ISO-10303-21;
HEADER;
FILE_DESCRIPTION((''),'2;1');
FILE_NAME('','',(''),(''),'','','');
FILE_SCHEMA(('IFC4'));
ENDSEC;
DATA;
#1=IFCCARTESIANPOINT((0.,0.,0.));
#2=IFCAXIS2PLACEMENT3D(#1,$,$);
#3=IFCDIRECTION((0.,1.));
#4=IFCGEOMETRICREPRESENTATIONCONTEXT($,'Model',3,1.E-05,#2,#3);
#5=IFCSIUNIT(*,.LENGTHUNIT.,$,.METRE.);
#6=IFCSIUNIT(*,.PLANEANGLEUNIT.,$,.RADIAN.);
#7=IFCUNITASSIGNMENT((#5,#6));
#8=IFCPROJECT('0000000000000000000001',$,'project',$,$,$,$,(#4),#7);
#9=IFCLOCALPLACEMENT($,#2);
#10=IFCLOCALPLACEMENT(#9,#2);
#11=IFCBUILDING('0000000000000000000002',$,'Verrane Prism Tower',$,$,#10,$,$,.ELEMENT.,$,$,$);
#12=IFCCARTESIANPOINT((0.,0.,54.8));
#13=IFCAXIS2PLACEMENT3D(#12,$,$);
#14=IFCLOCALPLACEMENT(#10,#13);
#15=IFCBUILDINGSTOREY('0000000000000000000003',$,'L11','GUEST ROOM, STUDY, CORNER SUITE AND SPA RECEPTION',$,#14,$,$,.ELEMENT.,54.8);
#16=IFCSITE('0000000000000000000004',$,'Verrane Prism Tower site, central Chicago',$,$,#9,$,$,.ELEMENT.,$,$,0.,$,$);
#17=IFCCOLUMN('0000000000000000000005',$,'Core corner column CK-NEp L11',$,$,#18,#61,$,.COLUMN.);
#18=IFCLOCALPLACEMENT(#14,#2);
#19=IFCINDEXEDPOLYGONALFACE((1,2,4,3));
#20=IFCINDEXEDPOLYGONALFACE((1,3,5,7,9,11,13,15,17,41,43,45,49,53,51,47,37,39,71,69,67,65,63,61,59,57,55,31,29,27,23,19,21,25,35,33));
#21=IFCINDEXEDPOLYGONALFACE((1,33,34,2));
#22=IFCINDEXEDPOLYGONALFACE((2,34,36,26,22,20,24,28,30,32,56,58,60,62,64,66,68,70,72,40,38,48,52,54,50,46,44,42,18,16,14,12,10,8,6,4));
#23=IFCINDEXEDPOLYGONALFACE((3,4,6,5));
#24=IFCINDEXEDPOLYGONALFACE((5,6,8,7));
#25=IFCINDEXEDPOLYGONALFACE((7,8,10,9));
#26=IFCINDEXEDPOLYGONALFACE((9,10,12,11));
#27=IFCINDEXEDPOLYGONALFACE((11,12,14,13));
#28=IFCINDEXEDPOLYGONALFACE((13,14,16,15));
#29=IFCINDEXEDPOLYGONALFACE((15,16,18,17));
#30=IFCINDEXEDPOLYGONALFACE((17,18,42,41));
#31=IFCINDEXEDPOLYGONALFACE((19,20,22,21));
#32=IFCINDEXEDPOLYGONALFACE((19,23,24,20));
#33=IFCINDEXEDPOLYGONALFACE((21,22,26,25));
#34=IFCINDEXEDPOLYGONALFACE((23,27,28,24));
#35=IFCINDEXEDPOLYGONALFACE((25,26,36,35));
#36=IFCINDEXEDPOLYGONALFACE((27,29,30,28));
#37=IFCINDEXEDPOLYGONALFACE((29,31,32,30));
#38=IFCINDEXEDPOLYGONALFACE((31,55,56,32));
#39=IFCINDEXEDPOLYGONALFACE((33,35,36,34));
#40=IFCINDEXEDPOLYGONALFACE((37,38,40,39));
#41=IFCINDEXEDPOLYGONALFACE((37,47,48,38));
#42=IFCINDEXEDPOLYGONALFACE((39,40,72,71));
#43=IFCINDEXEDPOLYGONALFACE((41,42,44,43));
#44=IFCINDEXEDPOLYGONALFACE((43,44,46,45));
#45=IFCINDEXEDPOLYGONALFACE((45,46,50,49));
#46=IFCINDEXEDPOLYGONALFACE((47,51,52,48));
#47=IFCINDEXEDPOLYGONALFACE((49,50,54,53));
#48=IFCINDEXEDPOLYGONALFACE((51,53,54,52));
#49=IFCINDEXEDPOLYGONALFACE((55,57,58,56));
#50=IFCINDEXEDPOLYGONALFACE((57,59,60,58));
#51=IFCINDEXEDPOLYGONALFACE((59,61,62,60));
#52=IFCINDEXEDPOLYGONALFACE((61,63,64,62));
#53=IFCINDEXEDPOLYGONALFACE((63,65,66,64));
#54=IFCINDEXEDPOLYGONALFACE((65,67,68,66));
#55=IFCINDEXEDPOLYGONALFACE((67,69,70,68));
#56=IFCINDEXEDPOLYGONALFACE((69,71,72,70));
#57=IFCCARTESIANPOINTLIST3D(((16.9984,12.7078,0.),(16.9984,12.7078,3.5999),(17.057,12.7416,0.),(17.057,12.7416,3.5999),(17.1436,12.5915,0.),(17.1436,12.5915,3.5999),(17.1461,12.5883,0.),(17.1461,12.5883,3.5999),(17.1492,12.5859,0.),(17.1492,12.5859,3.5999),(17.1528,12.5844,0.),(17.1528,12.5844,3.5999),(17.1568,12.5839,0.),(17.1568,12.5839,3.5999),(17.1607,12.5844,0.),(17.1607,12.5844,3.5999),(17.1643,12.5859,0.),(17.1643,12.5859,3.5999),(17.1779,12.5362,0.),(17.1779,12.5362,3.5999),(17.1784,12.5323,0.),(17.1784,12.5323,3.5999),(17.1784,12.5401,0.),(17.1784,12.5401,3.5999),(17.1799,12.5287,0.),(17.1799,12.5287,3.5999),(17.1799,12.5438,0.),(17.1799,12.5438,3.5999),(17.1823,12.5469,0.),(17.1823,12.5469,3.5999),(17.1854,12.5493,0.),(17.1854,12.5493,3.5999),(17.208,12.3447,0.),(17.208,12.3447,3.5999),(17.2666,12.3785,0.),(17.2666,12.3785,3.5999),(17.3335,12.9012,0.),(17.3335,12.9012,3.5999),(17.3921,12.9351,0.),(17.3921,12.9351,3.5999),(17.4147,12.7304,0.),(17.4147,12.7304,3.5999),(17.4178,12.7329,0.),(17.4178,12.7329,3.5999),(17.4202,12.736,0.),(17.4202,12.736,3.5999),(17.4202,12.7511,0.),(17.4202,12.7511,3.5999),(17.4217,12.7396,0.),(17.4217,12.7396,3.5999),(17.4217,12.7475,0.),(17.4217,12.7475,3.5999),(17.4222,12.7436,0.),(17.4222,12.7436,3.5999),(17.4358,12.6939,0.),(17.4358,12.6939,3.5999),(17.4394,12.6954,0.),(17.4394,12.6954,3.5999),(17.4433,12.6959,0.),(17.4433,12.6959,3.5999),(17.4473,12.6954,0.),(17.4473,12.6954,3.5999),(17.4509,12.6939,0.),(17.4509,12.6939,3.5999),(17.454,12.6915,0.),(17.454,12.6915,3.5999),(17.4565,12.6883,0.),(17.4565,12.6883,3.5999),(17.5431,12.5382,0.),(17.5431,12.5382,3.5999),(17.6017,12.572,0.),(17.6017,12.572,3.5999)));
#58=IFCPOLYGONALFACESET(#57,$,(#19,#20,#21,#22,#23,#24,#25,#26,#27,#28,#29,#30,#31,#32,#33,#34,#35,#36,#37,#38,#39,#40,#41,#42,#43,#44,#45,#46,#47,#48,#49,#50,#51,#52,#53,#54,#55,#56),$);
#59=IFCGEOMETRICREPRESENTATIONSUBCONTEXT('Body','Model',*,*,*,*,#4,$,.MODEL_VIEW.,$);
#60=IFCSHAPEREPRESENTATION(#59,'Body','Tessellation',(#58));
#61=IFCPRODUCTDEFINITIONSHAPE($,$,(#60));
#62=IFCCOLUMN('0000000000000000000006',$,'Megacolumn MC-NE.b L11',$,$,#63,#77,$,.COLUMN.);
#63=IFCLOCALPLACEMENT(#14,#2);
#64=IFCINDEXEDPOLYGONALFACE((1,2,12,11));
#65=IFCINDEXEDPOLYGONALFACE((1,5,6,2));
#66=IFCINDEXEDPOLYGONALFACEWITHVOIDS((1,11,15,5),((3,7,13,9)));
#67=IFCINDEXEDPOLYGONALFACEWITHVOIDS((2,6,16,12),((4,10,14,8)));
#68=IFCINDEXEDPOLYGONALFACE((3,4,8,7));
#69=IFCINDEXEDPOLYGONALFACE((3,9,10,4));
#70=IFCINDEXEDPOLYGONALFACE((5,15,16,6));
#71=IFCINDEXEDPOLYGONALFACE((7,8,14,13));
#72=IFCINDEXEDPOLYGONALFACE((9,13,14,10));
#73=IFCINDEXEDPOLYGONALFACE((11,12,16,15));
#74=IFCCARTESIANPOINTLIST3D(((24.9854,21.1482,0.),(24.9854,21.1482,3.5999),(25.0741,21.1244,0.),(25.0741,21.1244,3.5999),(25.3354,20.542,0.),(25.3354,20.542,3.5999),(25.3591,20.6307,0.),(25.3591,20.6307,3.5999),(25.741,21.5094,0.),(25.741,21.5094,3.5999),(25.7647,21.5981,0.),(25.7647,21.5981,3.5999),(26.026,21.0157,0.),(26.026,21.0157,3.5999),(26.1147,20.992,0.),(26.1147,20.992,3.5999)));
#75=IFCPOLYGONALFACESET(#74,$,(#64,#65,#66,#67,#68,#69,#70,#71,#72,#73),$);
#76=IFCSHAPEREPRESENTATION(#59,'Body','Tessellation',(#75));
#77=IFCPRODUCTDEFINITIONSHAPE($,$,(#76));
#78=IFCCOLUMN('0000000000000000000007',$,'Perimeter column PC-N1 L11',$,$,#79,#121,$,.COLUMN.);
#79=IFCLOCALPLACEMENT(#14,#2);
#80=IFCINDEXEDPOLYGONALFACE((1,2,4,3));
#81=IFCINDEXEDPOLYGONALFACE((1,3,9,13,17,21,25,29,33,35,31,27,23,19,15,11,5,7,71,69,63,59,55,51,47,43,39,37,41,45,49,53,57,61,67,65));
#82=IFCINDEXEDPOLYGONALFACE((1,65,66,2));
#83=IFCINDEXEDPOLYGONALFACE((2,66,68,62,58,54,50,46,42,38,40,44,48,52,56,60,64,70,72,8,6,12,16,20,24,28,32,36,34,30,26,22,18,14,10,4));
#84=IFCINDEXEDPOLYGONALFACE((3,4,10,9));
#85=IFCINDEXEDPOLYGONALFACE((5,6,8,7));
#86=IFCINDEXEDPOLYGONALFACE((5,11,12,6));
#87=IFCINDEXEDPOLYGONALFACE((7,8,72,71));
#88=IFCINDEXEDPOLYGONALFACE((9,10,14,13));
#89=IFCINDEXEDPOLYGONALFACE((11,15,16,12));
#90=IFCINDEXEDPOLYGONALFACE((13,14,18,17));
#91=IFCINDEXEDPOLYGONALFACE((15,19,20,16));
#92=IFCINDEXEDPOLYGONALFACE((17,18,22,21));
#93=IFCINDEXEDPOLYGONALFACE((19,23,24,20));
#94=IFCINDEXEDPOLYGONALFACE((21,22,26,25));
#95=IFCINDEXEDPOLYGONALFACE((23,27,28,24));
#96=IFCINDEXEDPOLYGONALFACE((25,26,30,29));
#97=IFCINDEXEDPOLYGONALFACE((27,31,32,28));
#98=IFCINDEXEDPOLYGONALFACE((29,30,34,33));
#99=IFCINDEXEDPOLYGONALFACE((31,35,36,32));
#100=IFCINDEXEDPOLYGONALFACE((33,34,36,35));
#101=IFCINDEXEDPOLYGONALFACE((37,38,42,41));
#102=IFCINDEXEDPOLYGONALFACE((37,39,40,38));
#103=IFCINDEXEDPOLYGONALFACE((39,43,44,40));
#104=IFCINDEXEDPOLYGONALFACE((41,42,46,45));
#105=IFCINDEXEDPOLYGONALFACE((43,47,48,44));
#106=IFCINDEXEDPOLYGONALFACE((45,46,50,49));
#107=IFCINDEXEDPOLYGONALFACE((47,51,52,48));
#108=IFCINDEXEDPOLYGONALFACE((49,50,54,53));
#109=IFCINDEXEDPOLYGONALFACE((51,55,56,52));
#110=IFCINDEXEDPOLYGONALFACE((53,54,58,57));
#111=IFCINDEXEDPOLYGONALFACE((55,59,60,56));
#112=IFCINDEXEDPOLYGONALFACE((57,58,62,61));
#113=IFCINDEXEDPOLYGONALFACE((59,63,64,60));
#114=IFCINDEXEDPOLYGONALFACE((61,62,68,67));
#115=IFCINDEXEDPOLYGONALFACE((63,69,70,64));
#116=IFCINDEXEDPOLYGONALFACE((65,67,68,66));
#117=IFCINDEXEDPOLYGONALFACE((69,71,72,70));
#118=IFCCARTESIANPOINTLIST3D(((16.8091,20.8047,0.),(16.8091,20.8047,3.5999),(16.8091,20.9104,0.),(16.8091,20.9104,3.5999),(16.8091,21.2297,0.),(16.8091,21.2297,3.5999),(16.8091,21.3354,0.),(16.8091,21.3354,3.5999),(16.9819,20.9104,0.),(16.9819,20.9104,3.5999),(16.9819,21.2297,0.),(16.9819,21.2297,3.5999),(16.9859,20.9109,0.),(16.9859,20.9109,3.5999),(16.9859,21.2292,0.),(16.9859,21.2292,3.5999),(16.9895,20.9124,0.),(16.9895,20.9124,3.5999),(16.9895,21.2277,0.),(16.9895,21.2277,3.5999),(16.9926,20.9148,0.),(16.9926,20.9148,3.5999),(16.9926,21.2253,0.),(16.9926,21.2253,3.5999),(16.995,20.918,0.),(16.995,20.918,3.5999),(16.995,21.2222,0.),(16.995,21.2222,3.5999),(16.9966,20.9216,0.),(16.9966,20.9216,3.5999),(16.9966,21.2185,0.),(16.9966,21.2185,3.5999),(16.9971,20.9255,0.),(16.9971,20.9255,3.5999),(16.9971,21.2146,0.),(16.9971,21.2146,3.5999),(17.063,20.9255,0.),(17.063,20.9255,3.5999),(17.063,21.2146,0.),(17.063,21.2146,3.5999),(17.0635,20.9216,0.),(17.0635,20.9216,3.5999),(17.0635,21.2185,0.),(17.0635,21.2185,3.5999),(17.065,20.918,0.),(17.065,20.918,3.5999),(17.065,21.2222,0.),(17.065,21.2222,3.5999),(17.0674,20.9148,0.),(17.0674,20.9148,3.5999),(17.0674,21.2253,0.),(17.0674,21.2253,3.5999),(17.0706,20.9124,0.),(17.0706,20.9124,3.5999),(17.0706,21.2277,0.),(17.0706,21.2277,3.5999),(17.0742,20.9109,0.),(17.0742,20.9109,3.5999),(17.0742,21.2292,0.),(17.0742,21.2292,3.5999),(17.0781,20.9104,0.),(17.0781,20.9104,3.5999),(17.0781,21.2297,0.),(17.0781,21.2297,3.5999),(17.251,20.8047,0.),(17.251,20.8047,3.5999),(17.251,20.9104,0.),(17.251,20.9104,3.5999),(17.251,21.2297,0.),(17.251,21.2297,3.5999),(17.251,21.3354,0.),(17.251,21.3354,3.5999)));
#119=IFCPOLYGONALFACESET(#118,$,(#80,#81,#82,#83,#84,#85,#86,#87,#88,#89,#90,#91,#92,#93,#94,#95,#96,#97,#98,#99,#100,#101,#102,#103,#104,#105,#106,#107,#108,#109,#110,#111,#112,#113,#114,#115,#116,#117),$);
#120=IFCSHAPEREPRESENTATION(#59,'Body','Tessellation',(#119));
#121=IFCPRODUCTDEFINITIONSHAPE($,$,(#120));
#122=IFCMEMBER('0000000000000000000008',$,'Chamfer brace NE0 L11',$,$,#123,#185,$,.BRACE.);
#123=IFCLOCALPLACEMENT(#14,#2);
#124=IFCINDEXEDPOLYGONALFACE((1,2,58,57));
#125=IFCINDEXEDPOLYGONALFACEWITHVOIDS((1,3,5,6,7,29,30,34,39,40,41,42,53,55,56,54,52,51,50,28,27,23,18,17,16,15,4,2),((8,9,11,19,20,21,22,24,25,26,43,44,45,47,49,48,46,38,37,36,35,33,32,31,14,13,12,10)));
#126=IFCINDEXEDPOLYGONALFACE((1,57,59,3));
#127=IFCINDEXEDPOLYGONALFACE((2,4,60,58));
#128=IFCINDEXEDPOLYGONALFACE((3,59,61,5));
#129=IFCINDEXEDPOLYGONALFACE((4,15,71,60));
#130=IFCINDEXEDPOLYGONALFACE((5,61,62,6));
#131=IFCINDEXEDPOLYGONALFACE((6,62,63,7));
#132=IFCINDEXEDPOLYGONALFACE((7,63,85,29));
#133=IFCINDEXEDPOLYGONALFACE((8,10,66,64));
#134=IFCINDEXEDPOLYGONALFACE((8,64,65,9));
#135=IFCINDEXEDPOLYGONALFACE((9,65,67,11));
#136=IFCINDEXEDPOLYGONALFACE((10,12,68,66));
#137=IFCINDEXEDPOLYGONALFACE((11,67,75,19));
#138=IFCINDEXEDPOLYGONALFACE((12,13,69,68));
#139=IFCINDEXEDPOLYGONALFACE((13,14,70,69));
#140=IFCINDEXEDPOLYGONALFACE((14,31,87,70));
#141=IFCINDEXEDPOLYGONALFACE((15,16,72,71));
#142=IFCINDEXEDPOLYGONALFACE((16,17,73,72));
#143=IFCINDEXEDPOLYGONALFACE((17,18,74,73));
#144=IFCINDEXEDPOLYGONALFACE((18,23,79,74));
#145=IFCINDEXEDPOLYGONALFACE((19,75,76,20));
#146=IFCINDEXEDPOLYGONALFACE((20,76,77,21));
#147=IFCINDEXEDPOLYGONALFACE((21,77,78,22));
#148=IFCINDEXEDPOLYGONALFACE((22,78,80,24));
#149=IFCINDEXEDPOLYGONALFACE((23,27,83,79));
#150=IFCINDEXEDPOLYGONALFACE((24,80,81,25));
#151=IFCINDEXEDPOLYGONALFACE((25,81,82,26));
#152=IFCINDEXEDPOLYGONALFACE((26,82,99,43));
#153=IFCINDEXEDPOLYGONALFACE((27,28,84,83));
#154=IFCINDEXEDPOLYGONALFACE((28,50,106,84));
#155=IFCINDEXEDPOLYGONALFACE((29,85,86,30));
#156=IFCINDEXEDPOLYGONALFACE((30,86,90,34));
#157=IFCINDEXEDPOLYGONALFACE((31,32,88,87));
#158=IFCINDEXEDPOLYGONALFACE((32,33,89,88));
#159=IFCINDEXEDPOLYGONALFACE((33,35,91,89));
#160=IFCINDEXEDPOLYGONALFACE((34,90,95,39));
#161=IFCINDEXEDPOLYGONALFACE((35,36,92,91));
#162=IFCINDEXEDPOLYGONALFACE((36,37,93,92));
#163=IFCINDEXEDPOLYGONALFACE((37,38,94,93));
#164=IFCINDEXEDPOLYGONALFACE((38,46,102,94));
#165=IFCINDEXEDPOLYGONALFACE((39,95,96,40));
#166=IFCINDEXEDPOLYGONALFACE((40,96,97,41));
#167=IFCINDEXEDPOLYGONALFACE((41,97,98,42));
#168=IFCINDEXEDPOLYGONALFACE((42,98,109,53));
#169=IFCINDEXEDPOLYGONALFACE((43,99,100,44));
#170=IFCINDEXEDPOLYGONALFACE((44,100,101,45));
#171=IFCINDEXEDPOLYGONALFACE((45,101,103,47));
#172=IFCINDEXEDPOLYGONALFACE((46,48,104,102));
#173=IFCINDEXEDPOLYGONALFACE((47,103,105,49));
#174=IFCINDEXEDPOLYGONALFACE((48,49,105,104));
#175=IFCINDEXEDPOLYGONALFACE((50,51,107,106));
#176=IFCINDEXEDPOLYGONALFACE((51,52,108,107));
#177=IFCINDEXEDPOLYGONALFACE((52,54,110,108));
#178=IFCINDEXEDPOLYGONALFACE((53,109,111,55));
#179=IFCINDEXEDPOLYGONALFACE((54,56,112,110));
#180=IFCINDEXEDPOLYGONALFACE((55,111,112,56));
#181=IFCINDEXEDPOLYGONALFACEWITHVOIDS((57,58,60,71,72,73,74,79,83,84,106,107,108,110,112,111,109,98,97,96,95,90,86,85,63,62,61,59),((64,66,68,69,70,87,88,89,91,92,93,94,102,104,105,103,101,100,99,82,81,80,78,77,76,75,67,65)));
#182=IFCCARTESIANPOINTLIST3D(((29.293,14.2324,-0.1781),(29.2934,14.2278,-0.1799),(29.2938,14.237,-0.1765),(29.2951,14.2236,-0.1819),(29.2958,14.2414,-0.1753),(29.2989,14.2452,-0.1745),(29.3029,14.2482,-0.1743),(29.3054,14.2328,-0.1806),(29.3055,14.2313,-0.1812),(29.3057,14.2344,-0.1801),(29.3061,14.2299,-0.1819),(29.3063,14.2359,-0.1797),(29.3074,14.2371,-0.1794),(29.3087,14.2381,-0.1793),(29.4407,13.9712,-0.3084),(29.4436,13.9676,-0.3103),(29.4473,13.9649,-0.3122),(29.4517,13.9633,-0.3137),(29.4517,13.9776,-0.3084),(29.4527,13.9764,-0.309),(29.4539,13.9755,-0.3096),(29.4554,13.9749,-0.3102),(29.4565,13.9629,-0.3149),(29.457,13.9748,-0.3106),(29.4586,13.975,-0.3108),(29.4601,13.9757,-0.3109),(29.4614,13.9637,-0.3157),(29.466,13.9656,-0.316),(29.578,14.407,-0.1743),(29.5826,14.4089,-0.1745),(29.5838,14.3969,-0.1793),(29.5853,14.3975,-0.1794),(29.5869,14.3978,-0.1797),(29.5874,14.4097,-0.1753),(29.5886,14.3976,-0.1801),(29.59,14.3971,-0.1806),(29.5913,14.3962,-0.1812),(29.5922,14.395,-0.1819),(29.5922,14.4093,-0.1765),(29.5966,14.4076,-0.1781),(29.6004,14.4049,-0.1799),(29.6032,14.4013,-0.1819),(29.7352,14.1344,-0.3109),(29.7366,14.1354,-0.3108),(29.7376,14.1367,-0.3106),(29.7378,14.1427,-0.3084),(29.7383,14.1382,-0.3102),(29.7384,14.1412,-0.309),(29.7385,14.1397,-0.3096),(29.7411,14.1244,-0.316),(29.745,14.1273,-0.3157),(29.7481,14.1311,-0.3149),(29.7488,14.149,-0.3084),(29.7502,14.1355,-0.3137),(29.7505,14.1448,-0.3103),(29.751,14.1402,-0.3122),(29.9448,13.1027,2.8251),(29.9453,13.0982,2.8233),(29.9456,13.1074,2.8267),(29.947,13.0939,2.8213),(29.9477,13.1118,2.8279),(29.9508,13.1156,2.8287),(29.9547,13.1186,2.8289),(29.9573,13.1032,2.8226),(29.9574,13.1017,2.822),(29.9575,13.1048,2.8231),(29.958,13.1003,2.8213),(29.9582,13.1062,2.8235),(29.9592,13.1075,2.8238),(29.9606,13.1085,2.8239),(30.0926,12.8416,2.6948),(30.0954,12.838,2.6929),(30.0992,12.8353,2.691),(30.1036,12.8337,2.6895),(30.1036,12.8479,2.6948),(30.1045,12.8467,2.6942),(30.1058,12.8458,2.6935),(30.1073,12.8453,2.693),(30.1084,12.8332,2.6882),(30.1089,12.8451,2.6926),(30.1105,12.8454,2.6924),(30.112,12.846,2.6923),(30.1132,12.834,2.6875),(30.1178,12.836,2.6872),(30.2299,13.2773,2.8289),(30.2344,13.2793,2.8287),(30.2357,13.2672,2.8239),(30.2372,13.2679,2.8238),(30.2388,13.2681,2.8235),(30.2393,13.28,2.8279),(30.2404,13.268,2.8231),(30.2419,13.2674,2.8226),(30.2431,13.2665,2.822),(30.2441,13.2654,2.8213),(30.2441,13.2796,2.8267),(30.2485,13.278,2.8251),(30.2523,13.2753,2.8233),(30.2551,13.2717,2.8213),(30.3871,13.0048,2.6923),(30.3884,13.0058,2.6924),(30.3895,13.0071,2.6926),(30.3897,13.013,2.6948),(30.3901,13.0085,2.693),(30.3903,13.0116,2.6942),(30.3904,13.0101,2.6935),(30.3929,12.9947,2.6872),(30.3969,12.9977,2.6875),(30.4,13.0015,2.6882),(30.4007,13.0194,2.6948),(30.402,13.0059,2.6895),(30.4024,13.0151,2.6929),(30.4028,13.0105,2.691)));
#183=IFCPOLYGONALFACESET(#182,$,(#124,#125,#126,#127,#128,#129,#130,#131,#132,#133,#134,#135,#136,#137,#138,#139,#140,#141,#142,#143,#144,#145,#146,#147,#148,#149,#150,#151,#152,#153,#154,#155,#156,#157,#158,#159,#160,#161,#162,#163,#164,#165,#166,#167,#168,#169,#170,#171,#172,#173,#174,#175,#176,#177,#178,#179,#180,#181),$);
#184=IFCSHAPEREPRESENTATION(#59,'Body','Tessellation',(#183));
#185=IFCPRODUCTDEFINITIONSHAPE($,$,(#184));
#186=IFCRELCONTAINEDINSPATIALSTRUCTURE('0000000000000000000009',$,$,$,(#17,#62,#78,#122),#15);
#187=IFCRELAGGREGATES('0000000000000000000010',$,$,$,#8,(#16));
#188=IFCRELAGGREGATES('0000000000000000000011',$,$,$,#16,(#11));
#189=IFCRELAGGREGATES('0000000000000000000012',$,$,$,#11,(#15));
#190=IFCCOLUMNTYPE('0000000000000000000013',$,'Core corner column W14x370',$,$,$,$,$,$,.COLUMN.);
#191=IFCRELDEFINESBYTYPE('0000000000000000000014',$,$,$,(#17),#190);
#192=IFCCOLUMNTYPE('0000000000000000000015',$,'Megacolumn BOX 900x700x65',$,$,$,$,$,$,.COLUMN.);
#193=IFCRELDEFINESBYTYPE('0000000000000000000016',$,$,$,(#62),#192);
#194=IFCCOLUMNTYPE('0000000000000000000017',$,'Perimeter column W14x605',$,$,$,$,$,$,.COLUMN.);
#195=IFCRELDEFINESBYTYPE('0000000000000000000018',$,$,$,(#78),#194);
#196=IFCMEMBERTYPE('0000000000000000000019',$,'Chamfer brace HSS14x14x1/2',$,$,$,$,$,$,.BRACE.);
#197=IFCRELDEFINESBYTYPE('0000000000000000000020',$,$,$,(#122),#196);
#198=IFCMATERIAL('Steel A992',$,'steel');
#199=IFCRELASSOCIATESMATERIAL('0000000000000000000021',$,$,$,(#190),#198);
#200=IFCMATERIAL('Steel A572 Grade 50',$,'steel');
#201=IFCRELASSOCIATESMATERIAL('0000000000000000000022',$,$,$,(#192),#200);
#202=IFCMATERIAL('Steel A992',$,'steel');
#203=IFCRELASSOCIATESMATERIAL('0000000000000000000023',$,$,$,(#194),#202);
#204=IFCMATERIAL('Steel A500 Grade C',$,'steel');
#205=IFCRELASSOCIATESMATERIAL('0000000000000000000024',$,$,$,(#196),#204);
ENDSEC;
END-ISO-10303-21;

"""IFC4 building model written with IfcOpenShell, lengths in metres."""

from ifc_helpers import new_model, si_unit, direction, frame, origin, origin_2d, place, context, subcontext, project, spatial, hollow_rectangle, i_section, extrude, material, material_profile, profile_set, type_object, element, save


model = new_model("IFC4")

# Units and contexts
model_context = context("Model", 3, precision=1e-05, world=origin(), true_north=direction((0.0, 1.0)))
body_context = subcontext(model_context, "Body", "Model", "MODEL_VIEW")
ifc_project = project(units=[si_unit("LENGTHUNIT", "METRE"), si_unit("PLANEANGLEUNIT", "RADIAN")], contexts=[model_context])

# Site, building, storey
site_placement = place(None, origin())
site = spatial("IfcSite", under=ifc_project, at=site_placement, Name="Verrane Prism Tower site, central Chicago", CompositionType="ELEMENT", RefElevation=0.0)
building_placement = place(site_placement, origin())
building = spatial("IfcBuilding", under=site, at=building_placement, Name="Verrane Prism Tower", CompositionType="ELEMENT")
storey_placement = place(building_placement, frame((0.0, 0.0, 54.8)))
storey = spatial("IfcBuildingStorey", under=building, at=storey_placement, Name="L11", Description="GUEST ROOM, STUDY, CORNER SUITE AND SPA RECEPTION", CompositionType="ELEMENT", Elevation=54.8)

# Columns
ifc_material_1 = material(Name="Steel A992", Category="steel")
ifc_material_profile_1 = material_profile(ifc_material_1, i_section(OverallWidth=0.4192, OverallDepth=0.4546, WebThickness=0.0422, FlangeThickness=0.0676, FilletRadius=0.0151, at=origin_2d()), Name="W14x370")
ifc_profile_set_1 = profile_set([ifc_material_profile_1], Name="Steel A992")
column_type_1 = type_object("IfcColumnType", Name="Core corner column W14x370", PredefinedType="COLUMN", material=ifc_profile_set_1)
column_1_placement = place(storey_placement, frame((17.3, 12.6399, 0.0), z_axis=(0.0, 0.0, 1.0), x_axis=(0.5, -0.866025, 0.0)))
element("IfcColumn", 1, at=column_1_placement, inside=storey, type_object=column_type_1, Name="Core corner column CK-NEp L11", PredefinedType="COLUMN", context=body_context, shape_type="SweptSolid", body=[
    extrude(i_section(OverallWidth=0.4192, OverallDepth=0.4546, WebThickness=0.0422, FlangeThickness=0.0676, FilletRadius=0.0151, at=origin_2d()), origin(), (0.0, 0.0, 1.0), 3.5999),
])
ifc_material_2 = material(Name="Steel A572 Grade 50", Category="steel")
ifc_material_profile_2 = material_profile(ifc_material_2, hollow_rectangle(XDim=0.7, YDim=0.8999, WallThickness=0.0649, at=origin_2d()), Name="BOX 900x700x65")
ifc_profile_set_2 = profile_set([ifc_material_profile_2], Name="Steel A572 Grade 50")
column_type_2 = type_object("IfcColumnType", Name="Megacolumn BOX 900x700x65", PredefinedType="COLUMN", material=ifc_profile_set_2)
column_2_placement = place(storey_placement, frame((25.55, 21.0701, 0.0), z_axis=(0.0, 0.0, 1.0), x_axis=(0.5, -0.866025, 0.0)))
element("IfcColumn", 2, at=column_2_placement, inside=storey, type_object=column_type_2, Name="Megacolumn MC-NE.b L11", PredefinedType="COLUMN", context=body_context, shape_type="SweptSolid", body=[
    extrude(hollow_rectangle(XDim=0.7, YDim=0.8999, WallThickness=0.0649, at=origin_2d()), origin(), (0.0, 0.0, 1.0), 3.5999),
])
ifc_material_3 = material(Name="Steel A992", Category="steel")
ifc_material_profile_3 = material_profile(ifc_material_3, i_section(OverallWidth=0.4419, OverallDepth=0.5308, WebThickness=0.0659, FlangeThickness=0.1057, FilletRadius=0.0151, at=origin_2d()), Name="W14x605")
ifc_profile_set_3 = profile_set([ifc_material_profile_3], Name="Steel A992")
column_type_3 = type_object("IfcColumnType", Name="Perimeter column W14x605", PredefinedType="COLUMN", material=ifc_profile_set_3)
column_3_placement = place(storey_placement, frame((17.03, 21.0701, 0.0), z_axis=(0.0, 0.0, 1.0), x_axis=(1.0, 0.0, 0.0)))
element("IfcColumn", 3, at=column_3_placement, inside=storey, type_object=column_type_3, Name="Perimeter column PC-N1 L11", PredefinedType="COLUMN", context=body_context, shape_type="SweptSolid", body=[
    extrude(i_section(OverallWidth=0.4419, OverallDepth=0.5308, WebThickness=0.0659, FlangeThickness=0.1057, FilletRadius=0.0151, at=origin_2d()), origin(), (0.0, 0.0, 1.0), 3.5999),
])

# Member
ifc_material_4 = material(Name="Steel A500 Grade C", Category="steel")
ifc_material_profile_4 = material_profile(ifc_material_4, hollow_rectangle(XDim=0.3557, YDim=0.3557, WallThickness=0.0127, InnerFilletRadius=0.0063, OuterFilletRadius=0.019, at=origin_2d()), Name="HSS14x14x1/2")
ifc_profile_set_4 = profile_set([ifc_material_profile_4], Name="Steel A500 Grade C")
member_type_1 = type_object("IfcMemberType", Name="Chamfer brace HSS14x14x1/2", PredefinedType="BRACE", material=ifc_profile_set_4)
member_1_placement = place(storey_placement, frame((29.522, 14.1863, -0.2451), z_axis=(0.199092, -0.345017, 0.917238), x_axis=(0.866139, 0.499803, 0.0)))
element("IfcMember", 4, at=member_1_placement, inside=storey, type_object=member_type_1, Name="Chamfer brace NE0 L11", PredefinedType="BRACE", context=body_context, shape_type="SweptSolid", body=[
    extrude(hollow_rectangle(XDim=0.3557, YDim=0.3557, WallThickness=0.0127, InnerFilletRadius=0.0063, OuterFilletRadius=0.019, at=origin_2d()), origin(), (0.0, 0.0, 1.0), 3.2742),
])

save(model, "model.ifc")
